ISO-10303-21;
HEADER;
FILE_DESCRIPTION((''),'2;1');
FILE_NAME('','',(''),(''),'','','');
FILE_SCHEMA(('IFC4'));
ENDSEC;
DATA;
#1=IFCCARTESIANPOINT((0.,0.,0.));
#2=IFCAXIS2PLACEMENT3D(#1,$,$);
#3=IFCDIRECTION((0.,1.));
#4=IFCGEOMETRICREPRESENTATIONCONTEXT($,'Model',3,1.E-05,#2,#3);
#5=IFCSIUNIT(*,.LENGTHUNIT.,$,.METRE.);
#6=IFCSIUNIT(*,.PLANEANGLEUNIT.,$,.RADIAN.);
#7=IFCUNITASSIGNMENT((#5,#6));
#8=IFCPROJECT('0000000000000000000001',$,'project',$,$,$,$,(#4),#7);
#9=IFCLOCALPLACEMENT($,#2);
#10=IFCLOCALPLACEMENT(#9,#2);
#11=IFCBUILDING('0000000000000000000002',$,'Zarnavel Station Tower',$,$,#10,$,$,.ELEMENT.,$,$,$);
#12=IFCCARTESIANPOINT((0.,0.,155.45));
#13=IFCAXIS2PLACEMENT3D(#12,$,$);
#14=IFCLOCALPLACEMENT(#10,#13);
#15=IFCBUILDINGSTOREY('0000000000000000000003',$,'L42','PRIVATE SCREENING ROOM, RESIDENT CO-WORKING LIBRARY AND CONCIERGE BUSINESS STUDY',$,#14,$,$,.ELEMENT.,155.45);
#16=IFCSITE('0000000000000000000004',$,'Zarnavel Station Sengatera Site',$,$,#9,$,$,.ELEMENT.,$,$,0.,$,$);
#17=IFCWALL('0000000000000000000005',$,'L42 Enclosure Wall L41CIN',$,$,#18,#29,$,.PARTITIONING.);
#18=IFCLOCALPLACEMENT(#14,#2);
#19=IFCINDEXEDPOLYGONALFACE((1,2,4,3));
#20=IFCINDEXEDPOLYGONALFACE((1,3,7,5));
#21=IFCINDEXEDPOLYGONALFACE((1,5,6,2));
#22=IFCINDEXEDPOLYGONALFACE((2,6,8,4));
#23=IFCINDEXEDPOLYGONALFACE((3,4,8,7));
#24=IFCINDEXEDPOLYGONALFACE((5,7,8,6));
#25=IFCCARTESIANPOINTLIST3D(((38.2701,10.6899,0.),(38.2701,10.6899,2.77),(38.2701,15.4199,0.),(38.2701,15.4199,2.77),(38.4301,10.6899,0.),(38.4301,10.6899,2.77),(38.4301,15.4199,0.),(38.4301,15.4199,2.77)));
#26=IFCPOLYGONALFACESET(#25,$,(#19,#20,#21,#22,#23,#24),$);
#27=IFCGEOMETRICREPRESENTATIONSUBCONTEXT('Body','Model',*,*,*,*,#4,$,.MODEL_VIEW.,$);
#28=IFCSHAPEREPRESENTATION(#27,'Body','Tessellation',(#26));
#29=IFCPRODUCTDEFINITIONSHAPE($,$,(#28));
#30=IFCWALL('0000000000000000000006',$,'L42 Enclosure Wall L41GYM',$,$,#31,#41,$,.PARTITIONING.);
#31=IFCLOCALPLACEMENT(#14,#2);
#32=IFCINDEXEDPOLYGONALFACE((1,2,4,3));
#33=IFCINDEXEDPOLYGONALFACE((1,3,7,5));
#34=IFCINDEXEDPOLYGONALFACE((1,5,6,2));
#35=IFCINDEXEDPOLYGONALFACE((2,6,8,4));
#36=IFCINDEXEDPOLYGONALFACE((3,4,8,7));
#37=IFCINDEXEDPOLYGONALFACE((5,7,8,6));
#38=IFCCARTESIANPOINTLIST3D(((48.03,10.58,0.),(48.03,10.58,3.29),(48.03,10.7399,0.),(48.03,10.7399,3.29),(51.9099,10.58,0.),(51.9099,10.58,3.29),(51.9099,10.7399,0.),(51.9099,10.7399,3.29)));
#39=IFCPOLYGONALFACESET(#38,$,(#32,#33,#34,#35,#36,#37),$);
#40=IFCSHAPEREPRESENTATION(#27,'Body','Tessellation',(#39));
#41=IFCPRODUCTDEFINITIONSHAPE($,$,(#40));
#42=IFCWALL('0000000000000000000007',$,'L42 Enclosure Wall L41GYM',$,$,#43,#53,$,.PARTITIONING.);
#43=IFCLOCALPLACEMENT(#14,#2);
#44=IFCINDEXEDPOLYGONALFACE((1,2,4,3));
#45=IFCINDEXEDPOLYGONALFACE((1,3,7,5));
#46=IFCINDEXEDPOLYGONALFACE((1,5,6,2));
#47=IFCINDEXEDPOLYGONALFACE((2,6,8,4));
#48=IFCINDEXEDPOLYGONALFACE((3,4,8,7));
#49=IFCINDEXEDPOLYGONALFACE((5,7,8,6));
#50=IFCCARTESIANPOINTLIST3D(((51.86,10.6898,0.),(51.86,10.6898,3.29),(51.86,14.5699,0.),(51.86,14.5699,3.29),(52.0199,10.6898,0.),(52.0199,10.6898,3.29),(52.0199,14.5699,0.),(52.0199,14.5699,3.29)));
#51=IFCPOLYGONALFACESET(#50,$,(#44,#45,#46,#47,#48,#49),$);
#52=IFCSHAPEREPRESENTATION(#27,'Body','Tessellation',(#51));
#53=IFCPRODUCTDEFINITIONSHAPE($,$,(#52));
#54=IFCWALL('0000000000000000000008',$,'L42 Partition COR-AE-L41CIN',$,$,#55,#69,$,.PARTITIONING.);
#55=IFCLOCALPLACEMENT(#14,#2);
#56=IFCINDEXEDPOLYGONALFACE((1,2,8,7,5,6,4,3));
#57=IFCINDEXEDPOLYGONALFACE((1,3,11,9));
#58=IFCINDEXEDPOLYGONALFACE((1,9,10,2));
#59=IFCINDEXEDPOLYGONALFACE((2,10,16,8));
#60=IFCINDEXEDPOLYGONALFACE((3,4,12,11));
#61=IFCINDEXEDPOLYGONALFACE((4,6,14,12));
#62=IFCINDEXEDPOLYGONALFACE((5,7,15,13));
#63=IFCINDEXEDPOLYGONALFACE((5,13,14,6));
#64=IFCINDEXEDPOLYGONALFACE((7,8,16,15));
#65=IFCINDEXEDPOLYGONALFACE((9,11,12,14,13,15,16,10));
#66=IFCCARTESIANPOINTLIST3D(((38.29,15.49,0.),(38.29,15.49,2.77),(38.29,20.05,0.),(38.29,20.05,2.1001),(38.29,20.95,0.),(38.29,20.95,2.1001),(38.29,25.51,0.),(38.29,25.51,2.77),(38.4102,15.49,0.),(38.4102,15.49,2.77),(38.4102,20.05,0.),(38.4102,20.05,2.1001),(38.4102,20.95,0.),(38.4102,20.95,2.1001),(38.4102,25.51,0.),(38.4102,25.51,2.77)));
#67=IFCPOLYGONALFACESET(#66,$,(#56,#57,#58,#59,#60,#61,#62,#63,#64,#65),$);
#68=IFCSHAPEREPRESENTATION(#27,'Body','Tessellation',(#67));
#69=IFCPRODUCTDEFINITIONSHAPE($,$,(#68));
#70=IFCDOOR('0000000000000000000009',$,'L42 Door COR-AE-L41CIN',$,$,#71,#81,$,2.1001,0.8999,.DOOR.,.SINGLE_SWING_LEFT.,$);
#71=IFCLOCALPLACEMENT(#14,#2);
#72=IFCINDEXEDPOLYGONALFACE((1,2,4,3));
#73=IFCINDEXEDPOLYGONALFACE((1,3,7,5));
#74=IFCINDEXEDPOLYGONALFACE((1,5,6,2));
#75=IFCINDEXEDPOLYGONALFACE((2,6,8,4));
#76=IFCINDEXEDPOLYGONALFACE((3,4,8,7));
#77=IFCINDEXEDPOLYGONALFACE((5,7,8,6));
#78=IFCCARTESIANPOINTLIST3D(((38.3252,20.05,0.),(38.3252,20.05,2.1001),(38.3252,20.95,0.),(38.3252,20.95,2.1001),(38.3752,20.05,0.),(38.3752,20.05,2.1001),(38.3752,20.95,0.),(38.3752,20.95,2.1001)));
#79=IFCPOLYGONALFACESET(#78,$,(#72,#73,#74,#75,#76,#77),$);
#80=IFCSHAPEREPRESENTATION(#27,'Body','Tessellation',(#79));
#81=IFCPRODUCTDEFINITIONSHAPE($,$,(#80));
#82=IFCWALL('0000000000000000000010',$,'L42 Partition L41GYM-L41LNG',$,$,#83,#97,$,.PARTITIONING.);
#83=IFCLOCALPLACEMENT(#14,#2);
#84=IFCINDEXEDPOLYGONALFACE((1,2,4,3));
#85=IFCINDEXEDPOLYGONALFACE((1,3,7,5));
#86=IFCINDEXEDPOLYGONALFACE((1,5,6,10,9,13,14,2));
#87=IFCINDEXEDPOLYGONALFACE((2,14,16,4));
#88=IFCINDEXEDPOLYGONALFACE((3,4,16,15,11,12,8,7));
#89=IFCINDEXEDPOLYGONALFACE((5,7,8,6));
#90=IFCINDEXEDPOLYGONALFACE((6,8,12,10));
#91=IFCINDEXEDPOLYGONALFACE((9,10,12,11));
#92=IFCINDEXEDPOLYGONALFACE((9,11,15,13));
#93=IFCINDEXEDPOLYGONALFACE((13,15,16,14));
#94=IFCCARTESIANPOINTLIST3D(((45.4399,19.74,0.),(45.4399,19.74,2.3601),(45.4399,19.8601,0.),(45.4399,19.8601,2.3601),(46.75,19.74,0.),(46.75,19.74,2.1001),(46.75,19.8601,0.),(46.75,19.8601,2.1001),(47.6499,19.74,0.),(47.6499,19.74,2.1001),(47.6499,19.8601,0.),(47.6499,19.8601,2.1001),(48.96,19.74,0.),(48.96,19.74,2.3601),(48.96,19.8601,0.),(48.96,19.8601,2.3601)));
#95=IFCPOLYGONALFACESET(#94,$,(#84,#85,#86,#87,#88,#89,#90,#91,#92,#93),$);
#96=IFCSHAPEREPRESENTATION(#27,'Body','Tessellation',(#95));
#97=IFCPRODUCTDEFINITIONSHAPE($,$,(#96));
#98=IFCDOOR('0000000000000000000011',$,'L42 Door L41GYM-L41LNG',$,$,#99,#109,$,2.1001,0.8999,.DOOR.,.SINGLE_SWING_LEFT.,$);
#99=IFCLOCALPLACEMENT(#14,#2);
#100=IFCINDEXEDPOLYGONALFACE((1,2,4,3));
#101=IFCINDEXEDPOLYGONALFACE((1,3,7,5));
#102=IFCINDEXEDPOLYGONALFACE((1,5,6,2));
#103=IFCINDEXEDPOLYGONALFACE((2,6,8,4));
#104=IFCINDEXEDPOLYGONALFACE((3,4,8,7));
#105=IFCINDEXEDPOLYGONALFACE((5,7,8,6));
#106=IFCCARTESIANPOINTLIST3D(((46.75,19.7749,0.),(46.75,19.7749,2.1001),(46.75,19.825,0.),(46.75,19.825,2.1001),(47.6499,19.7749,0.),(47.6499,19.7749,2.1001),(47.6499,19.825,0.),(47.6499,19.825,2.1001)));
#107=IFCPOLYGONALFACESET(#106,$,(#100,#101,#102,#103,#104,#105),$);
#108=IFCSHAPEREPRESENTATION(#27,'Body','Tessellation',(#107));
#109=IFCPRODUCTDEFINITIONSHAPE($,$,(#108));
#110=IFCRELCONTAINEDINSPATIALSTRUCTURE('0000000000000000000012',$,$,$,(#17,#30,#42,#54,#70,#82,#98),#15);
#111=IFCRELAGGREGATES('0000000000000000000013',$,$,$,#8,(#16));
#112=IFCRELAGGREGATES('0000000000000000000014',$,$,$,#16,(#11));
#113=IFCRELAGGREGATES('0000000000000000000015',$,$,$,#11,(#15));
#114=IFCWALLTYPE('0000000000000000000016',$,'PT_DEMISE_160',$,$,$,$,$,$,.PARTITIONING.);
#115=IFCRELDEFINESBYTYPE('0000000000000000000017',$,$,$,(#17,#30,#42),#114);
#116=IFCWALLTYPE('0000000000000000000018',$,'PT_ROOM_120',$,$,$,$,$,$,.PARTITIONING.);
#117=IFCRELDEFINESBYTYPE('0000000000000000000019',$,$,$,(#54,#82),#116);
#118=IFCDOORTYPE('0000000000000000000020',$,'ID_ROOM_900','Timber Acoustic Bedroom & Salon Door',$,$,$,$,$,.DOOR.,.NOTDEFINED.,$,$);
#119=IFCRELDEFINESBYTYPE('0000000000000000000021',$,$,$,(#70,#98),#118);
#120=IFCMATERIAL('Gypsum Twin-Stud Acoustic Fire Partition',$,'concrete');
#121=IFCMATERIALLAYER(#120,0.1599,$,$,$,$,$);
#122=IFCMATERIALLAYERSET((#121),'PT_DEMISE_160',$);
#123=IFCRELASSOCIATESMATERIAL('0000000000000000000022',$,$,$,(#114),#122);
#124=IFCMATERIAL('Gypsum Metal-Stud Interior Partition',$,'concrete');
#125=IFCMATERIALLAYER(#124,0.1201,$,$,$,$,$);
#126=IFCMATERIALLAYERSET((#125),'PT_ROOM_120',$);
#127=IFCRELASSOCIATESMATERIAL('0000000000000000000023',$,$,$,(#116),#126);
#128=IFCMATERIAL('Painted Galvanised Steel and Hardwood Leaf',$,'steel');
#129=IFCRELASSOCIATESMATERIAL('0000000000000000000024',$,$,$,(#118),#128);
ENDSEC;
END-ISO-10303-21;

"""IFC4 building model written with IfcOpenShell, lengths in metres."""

from ifc_helpers import new_model, si_unit, direction, frame, frame_2d, origin, place, context, subcontext, project, spatial, rectangle, extrude, material, layer, layer_set, type_object, element, fill, save


model = new_model("IFC4")

# Units and contexts
model_context = context("Model", 3, precision=1e-05, world=origin(), true_north=direction((0.0, 1.0)))
body_context = subcontext(model_context, "Body", "Model", "MODEL_VIEW")
ifc_project = project(units=[si_unit("LENGTHUNIT", "METRE"), si_unit("PLANEANGLEUNIT", "RADIAN")], contexts=[model_context])

# Site, building, storey
site_placement = place(None, origin())
site = spatial("IfcSite", under=ifc_project, at=site_placement, Name="Zarnavel Station Sengatera Site", CompositionType="ELEMENT", RefElevation=0.0)
building_placement = place(site_placement, origin())
building = spatial("IfcBuilding", under=site, at=building_placement, Name="Zarnavel Station Tower", CompositionType="ELEMENT")
storey_placement = place(building_placement, frame((0.0, 0.0, 155.45)))
storey = spatial("IfcBuildingStorey", under=building, at=storey_placement, Name="L42", Description="PRIVATE SCREENING ROOM, RESIDENT CO-WORKING LIBRARY AND CONCIERGE BUSINESS STUDY", CompositionType="ELEMENT", Elevation=155.45)

# Walls
ifc_material_1 = material(Name="Gypsum Twin-Stud Acoustic Fire Partition", Category="concrete")
ifc_layer_1 = layer(ifc_material_1, 0.1599)
ifc_layer_set_1 = layer_set([ifc_layer_1], Name="PT_DEMISE_160")
wall_type_1 = type_object("IfcWallType", Name="PT_DEMISE_160", PredefinedType="PARTITIONING", material=ifc_layer_set_1)
wall_1_placement = place(storey_placement, frame((38.3501, 10.6899, 0.0), z_axis=(0.0, 0.0, 1.0), x_axis=(0.0, 1.0, 0.0)))
element("IfcWall", 1, at=wall_1_placement, inside=storey, type_object=wall_type_1, Name="L42 Enclosure Wall L41CIN", PredefinedType="PARTITIONING", context=body_context, shape_type="SweptSolid", body=[
    extrude(rectangle(XDim=4.73, YDim=0.1599, at=frame_2d((2.365, 0.0))), origin(), (0.0, 0.0, 1.0), 2.77),
])
wall_2_placement = place(storey_placement, frame((48.03, 10.6599, 0.0), z_axis=(0.0, 0.0, 1.0), x_axis=(1.0, 0.0, 0.0)))
element("IfcWall", 2, at=wall_2_placement, inside=storey, type_object=wall_type_1, Name="L42 Enclosure Wall L41GYM", PredefinedType="PARTITIONING", context=body_context, shape_type="SweptSolid", body=[
    extrude(rectangle(XDim=3.8799, YDim=0.1599, at=frame_2d((1.9399, 0.0))), origin(), (0.0, 0.0, 1.0), 3.29),
])
wall_3_placement = place(storey_placement, frame((51.9399, 10.6899, 0.0), z_axis=(0.0, 0.0, 1.0), x_axis=(0.0, 1.0, 0.0)))
element("IfcWall", 3, at=wall_3_placement, inside=storey, type_object=wall_type_1, Name="L42 Enclosure Wall L41GYM", PredefinedType="PARTITIONING", context=body_context, shape_type="SweptSolid", body=[
    extrude(rectangle(XDim=3.8801, YDim=0.1599, at=frame_2d((1.9399, 0.0))), origin(), (0.0, 0.0, 1.0), 3.29),
])

# Walls, openings, doors
ifc_material_2 = material(Name="Gypsum Metal-Stud Interior Partition", Category="concrete")
ifc_layer_2 = layer(ifc_material_2, 0.1201)
ifc_layer_set_2 = layer_set([ifc_layer_2], Name="PT_ROOM_120")
wall_type_2 = type_object("IfcWallType", Name="PT_ROOM_120", PredefinedType="PARTITIONING", material=ifc_layer_set_2)
wall_4_placement = place(storey_placement, frame((38.3501, 15.49, 0.0), z_axis=(0.0, 0.0, 1.0), x_axis=(0.0, 1.0, 0.0)))
wall_4 = element("IfcWall", 4, at=wall_4_placement, inside=storey, type_object=wall_type_2, Name="L42 Partition COR-AE-L41CIN", PredefinedType="PARTITIONING", context=body_context, shape_type="SweptSolid", body=[
    extrude(rectangle(XDim=10.02, YDim=0.1201, at=frame_2d((5.01, 0.0))), origin(), (0.0, 0.0, 1.0), 2.77),
])
opening_1_placement = place(wall_4_placement, frame((4.5601, 0.0, 0.0)))
opening_1 = element("IfcOpeningElement", 5, at=opening_1_placement, cuts=wall_4, PredefinedType="OPENING", context=body_context, shape_type="SweptSolid", body=[
    extrude(rectangle(XDim=0.8999, YDim=2.1001, at=frame_2d((0.45, 1.05))), frame((0.0, 0.0701, 0.0), z_axis=(0.0, -1.0, 0.0), x_axis=(1.0, 0.0, 0.0)), (0.0, 0.0, 1.0), 0.1401),
])
ifc_material_3 = material(Name="Painted Galvanised Steel and Hardwood Leaf", Category="steel")
door_type = type_object("IfcDoorType", Name="ID_ROOM_900", Description="Timber Acoustic Bedroom & Salon Door", OperationType="NOTDEFINED", PredefinedType="DOOR", material=ifc_material_3)
door_1_placement = place(opening_1_placement, origin())
door_1 = element("IfcDoor", 6, at=door_1_placement, inside=storey, type_object=door_type, Name="L42 Door COR-AE-L41CIN", OperationType="SINGLE_SWING_LEFT", OverallHeight=2.1001, OverallWidth=0.8999, PredefinedType="DOOR", context=body_context, shape_type="SweptSolid", body=[
    extrude(rectangle(XDim=0.8999, YDim=2.1001, at=frame_2d((0.45, 1.05))), frame((0.0, 0.0249, 0.0), z_axis=(0.0, -1.0, 0.0), x_axis=(1.0, 0.0, 0.0)), (0.0, 0.0, 1.0), 0.05),
])
fill(opening_1, door_1)
wall_5_placement = place(storey_placement, frame((45.4399, 19.8, 0.0), z_axis=(0.0, 0.0, 1.0), x_axis=(1.0, 0.0, 0.0)))
wall_5 = element("IfcWall", 7, at=wall_5_placement, inside=storey, type_object=wall_type_2, Name="L42 Partition L41GYM-L41LNG", PredefinedType="PARTITIONING", context=body_context, shape_type="SweptSolid", body=[
    extrude(rectangle(XDim=3.52, YDim=0.1201, at=frame_2d((1.76, 0.0))), origin(), (0.0, 0.0, 1.0), 2.3601),
])
opening_2_placement = place(wall_5_placement, frame((1.3101, 0.0, 0.0)))
opening_2 = element("IfcOpeningElement", 8, at=opening_2_placement, cuts=wall_5, PredefinedType="OPENING", context=body_context, shape_type="SweptSolid", body=[
    extrude(rectangle(XDim=0.8999, YDim=2.1001, at=frame_2d((0.45, 1.05))), frame((0.0, 0.0701, 0.0), z_axis=(0.0, -1.0, 0.0), x_axis=(1.0, 0.0, 0.0)), (0.0, 0.0, 1.0), 0.1401),
])
door_2_placement = place(opening_2_placement, origin())
door_2 = element("IfcDoor", 9, at=door_2_placement, inside=storey, type_object=door_type, Name="L42 Door L41GYM-L41LNG", OperationType="SINGLE_SWING_LEFT", OverallHeight=2.1001, OverallWidth=0.8999, PredefinedType="DOOR", context=body_context, shape_type="SweptSolid", body=[
    extrude(rectangle(XDim=0.8999, YDim=2.1001, at=frame_2d((0.45, 1.05))), frame((0.0, 0.0249, 0.0), z_axis=(0.0, -1.0, 0.0), x_axis=(1.0, 0.0, 0.0)), (0.0, 0.0, 1.0), 0.05),
])
fill(opening_2, door_2)

save(model, "model.ifc")
